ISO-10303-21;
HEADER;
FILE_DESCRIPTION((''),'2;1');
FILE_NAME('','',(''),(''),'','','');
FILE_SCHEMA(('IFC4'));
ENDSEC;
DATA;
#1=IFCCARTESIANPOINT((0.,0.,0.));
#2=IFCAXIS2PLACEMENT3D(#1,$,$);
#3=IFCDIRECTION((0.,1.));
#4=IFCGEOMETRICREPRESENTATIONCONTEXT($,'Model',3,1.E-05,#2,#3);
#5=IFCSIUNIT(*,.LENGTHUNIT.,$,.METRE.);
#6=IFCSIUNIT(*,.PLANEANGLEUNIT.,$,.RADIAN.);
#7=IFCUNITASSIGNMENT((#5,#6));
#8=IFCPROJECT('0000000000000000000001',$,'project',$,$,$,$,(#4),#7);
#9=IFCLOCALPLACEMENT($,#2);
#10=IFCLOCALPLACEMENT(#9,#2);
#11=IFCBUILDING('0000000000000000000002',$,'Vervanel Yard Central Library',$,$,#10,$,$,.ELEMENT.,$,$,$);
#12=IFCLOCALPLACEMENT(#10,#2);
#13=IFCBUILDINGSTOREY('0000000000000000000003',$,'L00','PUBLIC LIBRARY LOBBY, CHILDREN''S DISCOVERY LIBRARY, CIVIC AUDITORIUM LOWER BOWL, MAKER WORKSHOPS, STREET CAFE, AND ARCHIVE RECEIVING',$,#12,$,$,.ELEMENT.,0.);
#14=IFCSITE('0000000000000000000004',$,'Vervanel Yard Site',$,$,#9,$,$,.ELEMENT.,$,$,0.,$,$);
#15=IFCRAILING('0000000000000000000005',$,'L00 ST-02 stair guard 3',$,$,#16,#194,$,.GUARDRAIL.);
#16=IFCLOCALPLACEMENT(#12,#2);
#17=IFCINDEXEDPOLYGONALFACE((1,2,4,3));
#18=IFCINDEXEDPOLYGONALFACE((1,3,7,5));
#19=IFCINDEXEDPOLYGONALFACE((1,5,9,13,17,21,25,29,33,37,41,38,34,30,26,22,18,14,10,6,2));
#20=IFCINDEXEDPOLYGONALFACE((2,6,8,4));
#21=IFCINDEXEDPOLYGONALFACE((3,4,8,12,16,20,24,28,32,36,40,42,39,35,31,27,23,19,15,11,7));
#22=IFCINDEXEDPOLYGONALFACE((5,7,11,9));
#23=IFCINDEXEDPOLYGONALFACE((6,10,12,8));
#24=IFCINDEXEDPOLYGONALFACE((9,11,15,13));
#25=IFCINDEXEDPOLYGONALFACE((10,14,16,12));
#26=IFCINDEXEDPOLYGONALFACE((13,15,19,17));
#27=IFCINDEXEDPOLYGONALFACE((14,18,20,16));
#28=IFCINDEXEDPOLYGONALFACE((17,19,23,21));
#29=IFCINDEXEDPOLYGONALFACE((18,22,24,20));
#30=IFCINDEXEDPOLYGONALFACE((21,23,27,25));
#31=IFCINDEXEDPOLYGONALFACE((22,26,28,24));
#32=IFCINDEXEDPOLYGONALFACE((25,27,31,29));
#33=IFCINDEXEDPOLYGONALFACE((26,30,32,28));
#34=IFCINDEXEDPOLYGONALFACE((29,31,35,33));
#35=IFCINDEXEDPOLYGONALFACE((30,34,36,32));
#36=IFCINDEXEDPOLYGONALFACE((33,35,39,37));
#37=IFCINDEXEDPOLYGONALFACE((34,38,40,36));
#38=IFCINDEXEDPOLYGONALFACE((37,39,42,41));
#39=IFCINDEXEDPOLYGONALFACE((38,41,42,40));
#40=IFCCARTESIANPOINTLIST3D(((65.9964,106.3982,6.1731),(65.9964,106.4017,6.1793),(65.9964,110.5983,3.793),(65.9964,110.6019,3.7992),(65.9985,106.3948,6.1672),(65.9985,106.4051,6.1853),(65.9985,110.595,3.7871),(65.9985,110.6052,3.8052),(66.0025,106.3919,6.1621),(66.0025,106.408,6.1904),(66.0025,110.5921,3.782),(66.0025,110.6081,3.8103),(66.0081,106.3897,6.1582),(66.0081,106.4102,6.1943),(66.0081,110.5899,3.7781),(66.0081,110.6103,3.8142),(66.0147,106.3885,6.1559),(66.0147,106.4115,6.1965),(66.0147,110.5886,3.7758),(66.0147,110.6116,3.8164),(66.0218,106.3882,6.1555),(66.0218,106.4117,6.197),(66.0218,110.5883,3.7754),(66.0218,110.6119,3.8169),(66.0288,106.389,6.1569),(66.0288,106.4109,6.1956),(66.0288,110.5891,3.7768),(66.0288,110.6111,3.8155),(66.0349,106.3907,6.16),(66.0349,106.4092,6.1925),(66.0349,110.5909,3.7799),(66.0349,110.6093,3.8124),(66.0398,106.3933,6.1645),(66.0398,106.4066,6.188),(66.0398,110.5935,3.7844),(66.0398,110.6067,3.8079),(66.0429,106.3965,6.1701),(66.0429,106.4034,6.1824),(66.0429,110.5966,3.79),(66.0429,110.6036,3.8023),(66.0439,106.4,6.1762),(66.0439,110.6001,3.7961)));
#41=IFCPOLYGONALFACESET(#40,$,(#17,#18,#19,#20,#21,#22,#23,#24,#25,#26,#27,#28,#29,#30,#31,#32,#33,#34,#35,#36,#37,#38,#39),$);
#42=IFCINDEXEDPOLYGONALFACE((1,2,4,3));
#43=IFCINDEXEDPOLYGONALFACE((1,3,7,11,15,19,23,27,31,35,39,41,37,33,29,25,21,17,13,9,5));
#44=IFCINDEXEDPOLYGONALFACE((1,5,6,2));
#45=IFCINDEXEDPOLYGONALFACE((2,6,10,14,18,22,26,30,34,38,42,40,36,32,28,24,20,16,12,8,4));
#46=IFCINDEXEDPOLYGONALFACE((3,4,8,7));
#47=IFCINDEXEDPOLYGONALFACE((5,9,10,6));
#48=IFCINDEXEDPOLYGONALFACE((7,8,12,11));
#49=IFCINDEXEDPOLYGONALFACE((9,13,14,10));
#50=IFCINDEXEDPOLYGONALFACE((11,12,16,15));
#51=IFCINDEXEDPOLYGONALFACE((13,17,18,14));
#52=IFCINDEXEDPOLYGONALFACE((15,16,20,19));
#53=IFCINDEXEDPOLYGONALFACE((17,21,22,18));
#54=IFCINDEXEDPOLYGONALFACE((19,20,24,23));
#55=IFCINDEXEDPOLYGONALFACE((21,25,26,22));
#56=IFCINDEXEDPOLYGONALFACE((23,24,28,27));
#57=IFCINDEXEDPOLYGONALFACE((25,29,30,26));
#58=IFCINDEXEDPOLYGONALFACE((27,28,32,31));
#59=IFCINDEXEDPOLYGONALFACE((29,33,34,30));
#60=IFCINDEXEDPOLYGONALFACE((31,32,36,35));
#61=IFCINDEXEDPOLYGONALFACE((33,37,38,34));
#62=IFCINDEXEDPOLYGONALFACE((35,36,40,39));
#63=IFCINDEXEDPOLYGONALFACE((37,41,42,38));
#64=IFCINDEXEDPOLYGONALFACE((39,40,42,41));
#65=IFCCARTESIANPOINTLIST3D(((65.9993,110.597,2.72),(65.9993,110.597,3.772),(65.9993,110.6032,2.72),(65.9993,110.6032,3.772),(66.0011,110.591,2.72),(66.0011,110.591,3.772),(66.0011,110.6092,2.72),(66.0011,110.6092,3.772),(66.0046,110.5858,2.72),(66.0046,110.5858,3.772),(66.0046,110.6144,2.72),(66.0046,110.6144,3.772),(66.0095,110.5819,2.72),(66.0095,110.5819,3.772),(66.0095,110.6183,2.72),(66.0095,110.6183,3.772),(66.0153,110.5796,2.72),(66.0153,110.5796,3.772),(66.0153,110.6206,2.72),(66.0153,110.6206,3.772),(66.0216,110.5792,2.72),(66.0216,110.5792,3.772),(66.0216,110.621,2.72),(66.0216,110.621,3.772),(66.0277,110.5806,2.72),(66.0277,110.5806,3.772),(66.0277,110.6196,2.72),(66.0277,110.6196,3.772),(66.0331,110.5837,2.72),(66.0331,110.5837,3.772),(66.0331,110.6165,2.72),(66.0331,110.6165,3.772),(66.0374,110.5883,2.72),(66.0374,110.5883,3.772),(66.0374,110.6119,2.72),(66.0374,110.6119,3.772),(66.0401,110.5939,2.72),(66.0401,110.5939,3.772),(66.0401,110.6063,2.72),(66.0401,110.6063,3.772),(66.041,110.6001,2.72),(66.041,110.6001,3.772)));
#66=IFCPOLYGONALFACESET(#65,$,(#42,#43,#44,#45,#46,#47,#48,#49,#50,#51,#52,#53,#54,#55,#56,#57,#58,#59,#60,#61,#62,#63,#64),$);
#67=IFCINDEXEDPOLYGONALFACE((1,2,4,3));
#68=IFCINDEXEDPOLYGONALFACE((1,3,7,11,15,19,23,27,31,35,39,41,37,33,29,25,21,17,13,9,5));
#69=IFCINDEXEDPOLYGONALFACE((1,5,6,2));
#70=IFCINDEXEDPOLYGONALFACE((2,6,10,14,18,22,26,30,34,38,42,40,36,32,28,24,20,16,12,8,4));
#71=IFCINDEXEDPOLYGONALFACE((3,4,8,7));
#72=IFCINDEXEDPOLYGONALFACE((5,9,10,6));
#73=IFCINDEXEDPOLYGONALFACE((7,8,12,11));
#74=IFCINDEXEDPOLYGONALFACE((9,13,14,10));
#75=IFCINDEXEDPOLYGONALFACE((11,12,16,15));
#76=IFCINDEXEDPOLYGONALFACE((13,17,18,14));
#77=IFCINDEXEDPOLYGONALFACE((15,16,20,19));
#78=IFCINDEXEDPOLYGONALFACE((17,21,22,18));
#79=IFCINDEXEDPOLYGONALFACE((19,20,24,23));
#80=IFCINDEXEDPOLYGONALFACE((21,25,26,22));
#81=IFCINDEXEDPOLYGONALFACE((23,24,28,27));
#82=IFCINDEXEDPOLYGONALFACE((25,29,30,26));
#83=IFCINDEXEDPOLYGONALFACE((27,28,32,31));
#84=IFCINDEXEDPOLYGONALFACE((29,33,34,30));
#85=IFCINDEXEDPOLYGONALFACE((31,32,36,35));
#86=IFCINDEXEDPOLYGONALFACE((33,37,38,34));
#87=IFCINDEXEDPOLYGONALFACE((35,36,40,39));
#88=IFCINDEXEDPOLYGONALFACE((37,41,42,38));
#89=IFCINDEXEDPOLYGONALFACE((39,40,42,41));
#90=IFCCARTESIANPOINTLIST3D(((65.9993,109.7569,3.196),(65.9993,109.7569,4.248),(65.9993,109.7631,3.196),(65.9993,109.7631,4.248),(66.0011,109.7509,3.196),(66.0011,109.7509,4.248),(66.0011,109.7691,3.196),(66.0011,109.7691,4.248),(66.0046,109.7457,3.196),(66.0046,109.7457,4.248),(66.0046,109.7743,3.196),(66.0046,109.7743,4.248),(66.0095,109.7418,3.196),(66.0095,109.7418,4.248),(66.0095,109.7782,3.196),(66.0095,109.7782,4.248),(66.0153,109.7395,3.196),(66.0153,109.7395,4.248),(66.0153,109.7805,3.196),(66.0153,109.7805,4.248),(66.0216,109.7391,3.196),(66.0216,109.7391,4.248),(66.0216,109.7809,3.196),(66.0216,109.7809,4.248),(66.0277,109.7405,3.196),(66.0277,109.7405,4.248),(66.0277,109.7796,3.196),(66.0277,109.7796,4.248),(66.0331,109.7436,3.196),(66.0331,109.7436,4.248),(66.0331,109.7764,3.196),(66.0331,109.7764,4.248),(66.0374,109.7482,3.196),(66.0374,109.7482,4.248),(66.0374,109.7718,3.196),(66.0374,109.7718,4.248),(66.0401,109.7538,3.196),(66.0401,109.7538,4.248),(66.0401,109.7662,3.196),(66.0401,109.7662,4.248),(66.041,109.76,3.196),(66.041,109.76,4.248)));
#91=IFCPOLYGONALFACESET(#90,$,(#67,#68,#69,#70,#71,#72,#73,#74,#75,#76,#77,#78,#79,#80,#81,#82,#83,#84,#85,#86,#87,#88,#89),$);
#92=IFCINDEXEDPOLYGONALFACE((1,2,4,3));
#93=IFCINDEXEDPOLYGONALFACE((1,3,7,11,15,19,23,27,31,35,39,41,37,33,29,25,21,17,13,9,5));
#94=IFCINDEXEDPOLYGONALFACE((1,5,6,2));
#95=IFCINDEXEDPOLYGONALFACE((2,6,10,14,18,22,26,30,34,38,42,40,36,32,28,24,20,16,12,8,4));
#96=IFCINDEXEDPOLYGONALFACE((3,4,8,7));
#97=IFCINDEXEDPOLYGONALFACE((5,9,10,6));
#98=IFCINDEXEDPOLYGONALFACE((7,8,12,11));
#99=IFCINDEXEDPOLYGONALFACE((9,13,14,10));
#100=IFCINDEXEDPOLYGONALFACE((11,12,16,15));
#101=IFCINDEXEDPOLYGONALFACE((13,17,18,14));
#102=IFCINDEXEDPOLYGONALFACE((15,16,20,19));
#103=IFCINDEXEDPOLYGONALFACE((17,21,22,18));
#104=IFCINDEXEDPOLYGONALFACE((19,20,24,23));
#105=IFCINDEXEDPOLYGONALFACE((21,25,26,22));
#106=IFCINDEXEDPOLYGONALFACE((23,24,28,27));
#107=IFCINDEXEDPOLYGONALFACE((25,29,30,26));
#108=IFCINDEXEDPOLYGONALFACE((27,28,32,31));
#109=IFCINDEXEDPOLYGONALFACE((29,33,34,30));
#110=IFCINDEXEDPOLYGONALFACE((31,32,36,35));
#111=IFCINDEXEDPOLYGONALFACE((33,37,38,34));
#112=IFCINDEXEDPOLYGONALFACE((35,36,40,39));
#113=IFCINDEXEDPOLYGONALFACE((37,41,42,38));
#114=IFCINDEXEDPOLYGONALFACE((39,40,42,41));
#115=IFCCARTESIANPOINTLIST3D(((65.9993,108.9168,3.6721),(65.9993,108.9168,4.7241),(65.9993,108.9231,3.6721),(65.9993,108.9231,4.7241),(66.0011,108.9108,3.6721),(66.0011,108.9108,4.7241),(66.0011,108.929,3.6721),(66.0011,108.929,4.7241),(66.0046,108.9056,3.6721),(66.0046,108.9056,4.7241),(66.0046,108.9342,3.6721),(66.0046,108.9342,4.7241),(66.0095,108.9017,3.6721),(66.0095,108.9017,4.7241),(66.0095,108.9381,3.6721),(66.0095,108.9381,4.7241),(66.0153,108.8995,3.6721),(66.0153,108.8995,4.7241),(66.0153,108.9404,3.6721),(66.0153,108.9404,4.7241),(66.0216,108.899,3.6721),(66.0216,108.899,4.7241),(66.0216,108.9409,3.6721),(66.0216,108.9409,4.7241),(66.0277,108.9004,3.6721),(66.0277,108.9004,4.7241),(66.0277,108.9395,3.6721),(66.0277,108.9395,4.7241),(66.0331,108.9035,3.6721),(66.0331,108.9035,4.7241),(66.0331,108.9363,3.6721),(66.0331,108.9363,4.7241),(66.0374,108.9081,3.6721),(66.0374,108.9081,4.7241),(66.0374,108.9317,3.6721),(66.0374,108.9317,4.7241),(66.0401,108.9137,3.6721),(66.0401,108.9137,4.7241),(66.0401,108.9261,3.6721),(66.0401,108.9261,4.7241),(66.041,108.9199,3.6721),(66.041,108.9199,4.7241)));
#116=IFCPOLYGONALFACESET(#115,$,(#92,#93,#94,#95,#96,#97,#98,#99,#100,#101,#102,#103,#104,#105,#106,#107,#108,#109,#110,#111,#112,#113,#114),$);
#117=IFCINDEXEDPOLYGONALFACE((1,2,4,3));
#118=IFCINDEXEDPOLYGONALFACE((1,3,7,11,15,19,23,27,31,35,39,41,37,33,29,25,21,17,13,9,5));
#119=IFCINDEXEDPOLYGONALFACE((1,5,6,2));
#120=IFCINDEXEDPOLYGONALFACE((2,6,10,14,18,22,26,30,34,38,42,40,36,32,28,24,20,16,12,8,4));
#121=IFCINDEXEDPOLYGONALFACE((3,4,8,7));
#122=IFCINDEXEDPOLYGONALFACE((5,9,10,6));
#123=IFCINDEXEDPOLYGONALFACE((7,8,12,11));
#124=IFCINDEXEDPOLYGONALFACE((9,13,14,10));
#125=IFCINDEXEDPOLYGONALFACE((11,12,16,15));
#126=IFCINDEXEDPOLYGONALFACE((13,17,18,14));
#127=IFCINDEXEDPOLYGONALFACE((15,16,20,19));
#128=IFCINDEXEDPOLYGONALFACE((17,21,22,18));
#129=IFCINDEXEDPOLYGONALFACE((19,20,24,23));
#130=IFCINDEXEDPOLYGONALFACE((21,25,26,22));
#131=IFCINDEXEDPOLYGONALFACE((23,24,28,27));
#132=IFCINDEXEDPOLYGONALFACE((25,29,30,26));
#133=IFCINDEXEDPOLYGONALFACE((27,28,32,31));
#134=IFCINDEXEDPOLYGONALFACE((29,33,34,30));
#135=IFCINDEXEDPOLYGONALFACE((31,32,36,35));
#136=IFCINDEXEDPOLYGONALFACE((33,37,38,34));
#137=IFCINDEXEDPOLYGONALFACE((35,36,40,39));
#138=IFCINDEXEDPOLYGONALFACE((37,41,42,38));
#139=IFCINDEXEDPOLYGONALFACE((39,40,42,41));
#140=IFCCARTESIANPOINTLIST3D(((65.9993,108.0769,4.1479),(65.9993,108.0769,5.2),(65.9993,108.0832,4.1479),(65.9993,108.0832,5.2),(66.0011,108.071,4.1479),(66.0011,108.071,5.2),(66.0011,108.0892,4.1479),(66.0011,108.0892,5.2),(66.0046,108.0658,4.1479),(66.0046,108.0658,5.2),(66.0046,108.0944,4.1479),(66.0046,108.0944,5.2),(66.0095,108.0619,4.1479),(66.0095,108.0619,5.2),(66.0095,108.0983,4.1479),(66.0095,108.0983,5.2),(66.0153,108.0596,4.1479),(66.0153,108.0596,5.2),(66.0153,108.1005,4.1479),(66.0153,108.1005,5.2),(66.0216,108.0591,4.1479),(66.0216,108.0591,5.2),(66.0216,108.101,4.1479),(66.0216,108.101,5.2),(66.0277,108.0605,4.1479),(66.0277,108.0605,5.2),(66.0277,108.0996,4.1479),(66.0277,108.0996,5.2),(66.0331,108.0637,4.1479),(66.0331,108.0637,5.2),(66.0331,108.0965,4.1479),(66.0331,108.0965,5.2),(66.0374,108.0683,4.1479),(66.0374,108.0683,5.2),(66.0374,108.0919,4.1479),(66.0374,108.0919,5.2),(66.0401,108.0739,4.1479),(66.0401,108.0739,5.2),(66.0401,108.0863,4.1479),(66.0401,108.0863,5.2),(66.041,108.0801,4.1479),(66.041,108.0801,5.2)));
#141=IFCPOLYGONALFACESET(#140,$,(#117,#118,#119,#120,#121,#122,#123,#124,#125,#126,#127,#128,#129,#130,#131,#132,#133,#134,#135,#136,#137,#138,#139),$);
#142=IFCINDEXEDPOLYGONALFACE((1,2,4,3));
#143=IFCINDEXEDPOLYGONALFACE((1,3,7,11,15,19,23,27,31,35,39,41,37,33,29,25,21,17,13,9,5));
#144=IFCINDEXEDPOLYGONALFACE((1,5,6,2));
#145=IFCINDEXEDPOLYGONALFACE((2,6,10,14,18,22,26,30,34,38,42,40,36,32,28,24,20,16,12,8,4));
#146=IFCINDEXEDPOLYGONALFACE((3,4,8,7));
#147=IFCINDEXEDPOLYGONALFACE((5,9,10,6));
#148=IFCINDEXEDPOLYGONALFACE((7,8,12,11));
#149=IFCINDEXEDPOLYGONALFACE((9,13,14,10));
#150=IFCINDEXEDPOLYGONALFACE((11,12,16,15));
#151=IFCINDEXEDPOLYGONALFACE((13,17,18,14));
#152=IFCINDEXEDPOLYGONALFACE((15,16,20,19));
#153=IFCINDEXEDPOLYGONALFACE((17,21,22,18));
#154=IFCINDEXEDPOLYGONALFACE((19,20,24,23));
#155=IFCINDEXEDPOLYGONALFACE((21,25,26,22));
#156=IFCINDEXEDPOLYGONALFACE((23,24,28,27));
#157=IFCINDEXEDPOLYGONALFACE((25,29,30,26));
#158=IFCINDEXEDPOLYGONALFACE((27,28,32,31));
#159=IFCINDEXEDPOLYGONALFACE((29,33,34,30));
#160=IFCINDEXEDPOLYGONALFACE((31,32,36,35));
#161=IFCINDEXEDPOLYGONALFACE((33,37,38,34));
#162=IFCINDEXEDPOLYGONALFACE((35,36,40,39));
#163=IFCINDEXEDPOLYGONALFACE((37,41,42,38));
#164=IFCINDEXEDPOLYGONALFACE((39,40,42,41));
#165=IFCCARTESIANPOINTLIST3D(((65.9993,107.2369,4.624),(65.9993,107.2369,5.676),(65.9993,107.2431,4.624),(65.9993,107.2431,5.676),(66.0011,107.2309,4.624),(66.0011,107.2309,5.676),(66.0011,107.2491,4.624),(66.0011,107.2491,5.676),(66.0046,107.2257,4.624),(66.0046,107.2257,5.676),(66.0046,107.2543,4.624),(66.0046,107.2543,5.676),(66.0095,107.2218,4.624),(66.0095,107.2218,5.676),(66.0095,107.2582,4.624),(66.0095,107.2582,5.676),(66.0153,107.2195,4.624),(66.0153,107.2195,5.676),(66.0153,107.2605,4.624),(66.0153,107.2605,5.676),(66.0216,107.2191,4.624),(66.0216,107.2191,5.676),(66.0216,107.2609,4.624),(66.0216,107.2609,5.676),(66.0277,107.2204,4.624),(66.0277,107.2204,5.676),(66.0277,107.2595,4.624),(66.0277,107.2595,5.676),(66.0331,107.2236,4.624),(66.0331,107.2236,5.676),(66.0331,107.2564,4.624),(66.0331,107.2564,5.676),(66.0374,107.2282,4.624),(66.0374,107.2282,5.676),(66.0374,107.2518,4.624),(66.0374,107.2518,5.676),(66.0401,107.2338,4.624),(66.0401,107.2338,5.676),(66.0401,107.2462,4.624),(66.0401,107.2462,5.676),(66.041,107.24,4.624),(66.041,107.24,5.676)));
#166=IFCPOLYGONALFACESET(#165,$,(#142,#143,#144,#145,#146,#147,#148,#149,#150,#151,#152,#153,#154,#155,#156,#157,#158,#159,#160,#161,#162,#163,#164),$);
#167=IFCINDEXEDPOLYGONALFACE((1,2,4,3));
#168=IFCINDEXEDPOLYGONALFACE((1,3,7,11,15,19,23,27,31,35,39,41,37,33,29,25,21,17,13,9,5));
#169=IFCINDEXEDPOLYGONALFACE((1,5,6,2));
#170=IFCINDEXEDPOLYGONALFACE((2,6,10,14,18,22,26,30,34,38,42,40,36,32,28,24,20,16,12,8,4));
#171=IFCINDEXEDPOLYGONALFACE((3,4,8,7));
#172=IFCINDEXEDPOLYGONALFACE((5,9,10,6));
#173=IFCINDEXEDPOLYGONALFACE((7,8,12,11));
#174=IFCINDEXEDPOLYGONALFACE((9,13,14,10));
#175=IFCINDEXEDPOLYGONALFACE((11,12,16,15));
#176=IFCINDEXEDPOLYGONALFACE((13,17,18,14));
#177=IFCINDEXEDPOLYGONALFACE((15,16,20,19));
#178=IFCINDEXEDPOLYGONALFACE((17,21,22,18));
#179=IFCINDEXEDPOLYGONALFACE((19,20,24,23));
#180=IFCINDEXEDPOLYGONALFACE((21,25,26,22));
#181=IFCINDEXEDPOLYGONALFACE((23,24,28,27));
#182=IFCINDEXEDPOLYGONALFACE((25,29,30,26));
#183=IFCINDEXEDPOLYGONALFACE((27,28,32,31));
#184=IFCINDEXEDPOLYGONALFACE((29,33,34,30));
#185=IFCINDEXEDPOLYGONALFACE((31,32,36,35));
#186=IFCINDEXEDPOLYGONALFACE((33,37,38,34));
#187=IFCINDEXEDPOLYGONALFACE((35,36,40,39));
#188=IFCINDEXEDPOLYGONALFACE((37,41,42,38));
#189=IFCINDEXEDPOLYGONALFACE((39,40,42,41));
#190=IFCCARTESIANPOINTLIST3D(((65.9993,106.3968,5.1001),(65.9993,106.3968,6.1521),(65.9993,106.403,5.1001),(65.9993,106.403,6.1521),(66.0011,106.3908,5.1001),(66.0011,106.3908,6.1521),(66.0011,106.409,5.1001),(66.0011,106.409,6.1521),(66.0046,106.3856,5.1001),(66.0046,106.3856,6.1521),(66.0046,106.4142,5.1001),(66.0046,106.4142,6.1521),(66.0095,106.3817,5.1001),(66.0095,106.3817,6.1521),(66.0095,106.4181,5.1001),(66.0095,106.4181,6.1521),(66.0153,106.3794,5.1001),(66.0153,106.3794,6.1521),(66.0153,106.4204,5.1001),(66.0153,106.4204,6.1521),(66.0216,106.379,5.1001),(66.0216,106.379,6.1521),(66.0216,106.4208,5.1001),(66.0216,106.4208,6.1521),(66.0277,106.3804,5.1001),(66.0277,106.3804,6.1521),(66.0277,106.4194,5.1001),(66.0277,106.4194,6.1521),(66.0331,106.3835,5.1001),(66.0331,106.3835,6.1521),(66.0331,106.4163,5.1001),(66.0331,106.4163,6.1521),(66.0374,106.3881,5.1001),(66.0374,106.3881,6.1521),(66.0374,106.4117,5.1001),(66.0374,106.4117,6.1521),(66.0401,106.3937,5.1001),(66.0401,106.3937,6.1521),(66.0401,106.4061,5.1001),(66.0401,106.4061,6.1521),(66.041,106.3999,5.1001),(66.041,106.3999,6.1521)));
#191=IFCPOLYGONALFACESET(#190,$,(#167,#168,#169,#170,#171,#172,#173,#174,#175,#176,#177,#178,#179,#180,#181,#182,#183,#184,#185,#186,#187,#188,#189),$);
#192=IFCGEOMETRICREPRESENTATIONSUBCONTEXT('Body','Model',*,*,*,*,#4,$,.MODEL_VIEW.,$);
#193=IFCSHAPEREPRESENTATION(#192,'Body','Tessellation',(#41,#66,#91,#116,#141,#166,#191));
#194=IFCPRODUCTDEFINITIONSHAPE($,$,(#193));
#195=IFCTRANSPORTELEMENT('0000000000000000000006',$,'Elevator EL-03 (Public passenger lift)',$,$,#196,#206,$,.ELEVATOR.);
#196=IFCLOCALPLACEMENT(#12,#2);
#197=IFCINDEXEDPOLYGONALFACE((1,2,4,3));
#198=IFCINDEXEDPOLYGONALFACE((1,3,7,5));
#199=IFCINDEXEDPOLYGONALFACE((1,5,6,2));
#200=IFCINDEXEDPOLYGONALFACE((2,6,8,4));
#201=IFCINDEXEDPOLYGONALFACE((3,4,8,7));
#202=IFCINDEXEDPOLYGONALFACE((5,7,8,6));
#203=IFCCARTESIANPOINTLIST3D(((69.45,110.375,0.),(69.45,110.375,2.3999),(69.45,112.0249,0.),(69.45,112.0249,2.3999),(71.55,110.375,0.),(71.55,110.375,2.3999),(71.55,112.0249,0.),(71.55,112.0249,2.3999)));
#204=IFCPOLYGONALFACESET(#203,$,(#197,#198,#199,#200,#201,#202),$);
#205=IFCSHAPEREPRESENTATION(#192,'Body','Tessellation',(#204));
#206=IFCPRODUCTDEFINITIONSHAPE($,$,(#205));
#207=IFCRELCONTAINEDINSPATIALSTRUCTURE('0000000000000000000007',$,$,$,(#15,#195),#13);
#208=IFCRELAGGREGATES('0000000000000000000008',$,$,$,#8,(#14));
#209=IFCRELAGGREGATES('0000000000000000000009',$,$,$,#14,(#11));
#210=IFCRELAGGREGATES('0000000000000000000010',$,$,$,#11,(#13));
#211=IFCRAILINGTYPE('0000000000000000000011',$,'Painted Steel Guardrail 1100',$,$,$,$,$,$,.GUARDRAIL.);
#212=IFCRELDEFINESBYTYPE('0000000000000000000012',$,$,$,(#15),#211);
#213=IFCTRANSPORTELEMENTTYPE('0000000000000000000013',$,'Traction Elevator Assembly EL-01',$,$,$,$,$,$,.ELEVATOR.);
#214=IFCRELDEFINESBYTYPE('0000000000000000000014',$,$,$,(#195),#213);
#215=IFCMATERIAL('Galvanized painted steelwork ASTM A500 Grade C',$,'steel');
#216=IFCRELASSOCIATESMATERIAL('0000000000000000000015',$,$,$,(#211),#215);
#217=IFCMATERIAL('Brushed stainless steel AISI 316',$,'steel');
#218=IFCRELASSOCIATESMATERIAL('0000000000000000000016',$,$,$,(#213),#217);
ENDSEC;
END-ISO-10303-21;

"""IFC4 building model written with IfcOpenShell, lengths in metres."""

from ifc_helpers import new_model, si_unit, direction, frame, origin, origin_2d, place, context, subcontext, project, spatial, rectangle, circle, extrude, material, type_object, element, save


model = new_model("IFC4")

# Units and contexts
model_context = context("Model", 3, precision=1e-05, world=origin(), true_north=direction((0.0, 1.0)))
body_context = subcontext(model_context, "Body", "Model", "MODEL_VIEW")
ifc_project = project(units=[si_unit("LENGTHUNIT", "METRE"), si_unit("PLANEANGLEUNIT", "RADIAN")], contexts=[model_context])

# Site, building, storey
site_placement = place(None, origin())
site = spatial("IfcSite", under=ifc_project, at=site_placement, Name="Vervanel Yard Site", CompositionType="ELEMENT", RefElevation=0.0)
building_placement = place(site_placement, origin())
building = spatial("IfcBuilding", under=site, at=building_placement, Name="Vervanel Yard Central Library", CompositionType="ELEMENT")
storey_placement = place(building_placement, origin())
storey = spatial("IfcBuildingStorey", under=building, at=storey_placement, Name="L00", Description="PUBLIC LIBRARY LOBBY, CHILDREN'S DISCOVERY LIBRARY, CIVIC AUDITORIUM LOWER BOWL, MAKER WORKSHOPS, STREET CAFE, AND ARCHIVE RECEIVING", CompositionType="ELEMENT", Elevation=0.0)

# Shared definitions
ifc_material_1 = material(Name="Brushed stainless steel AISI 316", Category="steel")

# Railing
ifc_material_2 = material(Name="Galvanized painted steelwork ASTM A500 Grade C", Category="steel")
railing_type_1 = type_object("IfcRailingType", Name="Painted Steel Guardrail 1100", PredefinedType="GUARDRAIL", material=ifc_material_2)
railing_1_placement = place(storey_placement, frame((66.02, 110.6001, 2.72)))
element("IfcRailing", 1, at=railing_1_placement, inside=storey, type_object=railing_type_1, Name="L00 ST-02 stair guard 3", PredefinedType="GUARDRAIL", context=body_context, shape_type="SweptSolid", body=[
    extrude(circle(Radius=0.0239, at=origin_2d()), frame((0.0, 0.0, 1.0762), z_axis=(0.0, -0.870021, 0.493015), x_axis=(1.0, 0.0, 0.0)), (0.0, 0.0, 1.0), 4.8276),
    extrude(circle(Radius=0.021, at=origin_2d()), origin(), (0.0, 0.0, 1.0), 1.052),
    extrude(circle(Radius=0.021, at=origin_2d()), frame((0.0, -0.8401, 0.4761)), (0.0, 0.0, 1.0), 1.052),
    extrude(circle(Radius=0.021, at=origin_2d()), frame((0.0, -1.6802, 0.9521)), (0.0, 0.0, 1.0), 1.052),
    extrude(circle(Radius=0.021, at=origin_2d()), frame((0.0, -2.52, 1.428)), (0.0, 0.0, 1.0), 1.052),
    extrude(circle(Radius=0.021, at=origin_2d()), frame((0.0, -3.3601, 1.9041)), (0.0, 0.0, 1.0), 1.052),
    extrude(circle(Radius=0.021, at=origin_2d()), frame((0.0, -4.2002, 2.3801)), (0.0, 0.0, 1.0), 1.052),
])

# Transport element
transport_element_type = type_object("IfcTransportElementType", Name="Traction Elevator Assembly EL-01", PredefinedType="ELEVATOR", material=ifc_material_1)
transport_element_placement = place(storey_placement, frame((70.5, 111.2, 0.0), z_axis=(0.0, 0.0, 1.0), x_axis=(1.0, 0.0, 0.0)))
element("IfcTransportElement", 2, at=transport_element_placement, inside=storey, type_object=transport_element_type, Name="Elevator EL-03 (Public passenger lift)", PredefinedType="ELEVATOR", context=body_context, shape_type="SweptSolid", body=[
    extrude(rectangle(XDim=2.1001, YDim=1.6499, at=origin_2d()), origin(), (0.0, 0.0, 1.0), 2.3999),
])

save(model, "model.ifc")
